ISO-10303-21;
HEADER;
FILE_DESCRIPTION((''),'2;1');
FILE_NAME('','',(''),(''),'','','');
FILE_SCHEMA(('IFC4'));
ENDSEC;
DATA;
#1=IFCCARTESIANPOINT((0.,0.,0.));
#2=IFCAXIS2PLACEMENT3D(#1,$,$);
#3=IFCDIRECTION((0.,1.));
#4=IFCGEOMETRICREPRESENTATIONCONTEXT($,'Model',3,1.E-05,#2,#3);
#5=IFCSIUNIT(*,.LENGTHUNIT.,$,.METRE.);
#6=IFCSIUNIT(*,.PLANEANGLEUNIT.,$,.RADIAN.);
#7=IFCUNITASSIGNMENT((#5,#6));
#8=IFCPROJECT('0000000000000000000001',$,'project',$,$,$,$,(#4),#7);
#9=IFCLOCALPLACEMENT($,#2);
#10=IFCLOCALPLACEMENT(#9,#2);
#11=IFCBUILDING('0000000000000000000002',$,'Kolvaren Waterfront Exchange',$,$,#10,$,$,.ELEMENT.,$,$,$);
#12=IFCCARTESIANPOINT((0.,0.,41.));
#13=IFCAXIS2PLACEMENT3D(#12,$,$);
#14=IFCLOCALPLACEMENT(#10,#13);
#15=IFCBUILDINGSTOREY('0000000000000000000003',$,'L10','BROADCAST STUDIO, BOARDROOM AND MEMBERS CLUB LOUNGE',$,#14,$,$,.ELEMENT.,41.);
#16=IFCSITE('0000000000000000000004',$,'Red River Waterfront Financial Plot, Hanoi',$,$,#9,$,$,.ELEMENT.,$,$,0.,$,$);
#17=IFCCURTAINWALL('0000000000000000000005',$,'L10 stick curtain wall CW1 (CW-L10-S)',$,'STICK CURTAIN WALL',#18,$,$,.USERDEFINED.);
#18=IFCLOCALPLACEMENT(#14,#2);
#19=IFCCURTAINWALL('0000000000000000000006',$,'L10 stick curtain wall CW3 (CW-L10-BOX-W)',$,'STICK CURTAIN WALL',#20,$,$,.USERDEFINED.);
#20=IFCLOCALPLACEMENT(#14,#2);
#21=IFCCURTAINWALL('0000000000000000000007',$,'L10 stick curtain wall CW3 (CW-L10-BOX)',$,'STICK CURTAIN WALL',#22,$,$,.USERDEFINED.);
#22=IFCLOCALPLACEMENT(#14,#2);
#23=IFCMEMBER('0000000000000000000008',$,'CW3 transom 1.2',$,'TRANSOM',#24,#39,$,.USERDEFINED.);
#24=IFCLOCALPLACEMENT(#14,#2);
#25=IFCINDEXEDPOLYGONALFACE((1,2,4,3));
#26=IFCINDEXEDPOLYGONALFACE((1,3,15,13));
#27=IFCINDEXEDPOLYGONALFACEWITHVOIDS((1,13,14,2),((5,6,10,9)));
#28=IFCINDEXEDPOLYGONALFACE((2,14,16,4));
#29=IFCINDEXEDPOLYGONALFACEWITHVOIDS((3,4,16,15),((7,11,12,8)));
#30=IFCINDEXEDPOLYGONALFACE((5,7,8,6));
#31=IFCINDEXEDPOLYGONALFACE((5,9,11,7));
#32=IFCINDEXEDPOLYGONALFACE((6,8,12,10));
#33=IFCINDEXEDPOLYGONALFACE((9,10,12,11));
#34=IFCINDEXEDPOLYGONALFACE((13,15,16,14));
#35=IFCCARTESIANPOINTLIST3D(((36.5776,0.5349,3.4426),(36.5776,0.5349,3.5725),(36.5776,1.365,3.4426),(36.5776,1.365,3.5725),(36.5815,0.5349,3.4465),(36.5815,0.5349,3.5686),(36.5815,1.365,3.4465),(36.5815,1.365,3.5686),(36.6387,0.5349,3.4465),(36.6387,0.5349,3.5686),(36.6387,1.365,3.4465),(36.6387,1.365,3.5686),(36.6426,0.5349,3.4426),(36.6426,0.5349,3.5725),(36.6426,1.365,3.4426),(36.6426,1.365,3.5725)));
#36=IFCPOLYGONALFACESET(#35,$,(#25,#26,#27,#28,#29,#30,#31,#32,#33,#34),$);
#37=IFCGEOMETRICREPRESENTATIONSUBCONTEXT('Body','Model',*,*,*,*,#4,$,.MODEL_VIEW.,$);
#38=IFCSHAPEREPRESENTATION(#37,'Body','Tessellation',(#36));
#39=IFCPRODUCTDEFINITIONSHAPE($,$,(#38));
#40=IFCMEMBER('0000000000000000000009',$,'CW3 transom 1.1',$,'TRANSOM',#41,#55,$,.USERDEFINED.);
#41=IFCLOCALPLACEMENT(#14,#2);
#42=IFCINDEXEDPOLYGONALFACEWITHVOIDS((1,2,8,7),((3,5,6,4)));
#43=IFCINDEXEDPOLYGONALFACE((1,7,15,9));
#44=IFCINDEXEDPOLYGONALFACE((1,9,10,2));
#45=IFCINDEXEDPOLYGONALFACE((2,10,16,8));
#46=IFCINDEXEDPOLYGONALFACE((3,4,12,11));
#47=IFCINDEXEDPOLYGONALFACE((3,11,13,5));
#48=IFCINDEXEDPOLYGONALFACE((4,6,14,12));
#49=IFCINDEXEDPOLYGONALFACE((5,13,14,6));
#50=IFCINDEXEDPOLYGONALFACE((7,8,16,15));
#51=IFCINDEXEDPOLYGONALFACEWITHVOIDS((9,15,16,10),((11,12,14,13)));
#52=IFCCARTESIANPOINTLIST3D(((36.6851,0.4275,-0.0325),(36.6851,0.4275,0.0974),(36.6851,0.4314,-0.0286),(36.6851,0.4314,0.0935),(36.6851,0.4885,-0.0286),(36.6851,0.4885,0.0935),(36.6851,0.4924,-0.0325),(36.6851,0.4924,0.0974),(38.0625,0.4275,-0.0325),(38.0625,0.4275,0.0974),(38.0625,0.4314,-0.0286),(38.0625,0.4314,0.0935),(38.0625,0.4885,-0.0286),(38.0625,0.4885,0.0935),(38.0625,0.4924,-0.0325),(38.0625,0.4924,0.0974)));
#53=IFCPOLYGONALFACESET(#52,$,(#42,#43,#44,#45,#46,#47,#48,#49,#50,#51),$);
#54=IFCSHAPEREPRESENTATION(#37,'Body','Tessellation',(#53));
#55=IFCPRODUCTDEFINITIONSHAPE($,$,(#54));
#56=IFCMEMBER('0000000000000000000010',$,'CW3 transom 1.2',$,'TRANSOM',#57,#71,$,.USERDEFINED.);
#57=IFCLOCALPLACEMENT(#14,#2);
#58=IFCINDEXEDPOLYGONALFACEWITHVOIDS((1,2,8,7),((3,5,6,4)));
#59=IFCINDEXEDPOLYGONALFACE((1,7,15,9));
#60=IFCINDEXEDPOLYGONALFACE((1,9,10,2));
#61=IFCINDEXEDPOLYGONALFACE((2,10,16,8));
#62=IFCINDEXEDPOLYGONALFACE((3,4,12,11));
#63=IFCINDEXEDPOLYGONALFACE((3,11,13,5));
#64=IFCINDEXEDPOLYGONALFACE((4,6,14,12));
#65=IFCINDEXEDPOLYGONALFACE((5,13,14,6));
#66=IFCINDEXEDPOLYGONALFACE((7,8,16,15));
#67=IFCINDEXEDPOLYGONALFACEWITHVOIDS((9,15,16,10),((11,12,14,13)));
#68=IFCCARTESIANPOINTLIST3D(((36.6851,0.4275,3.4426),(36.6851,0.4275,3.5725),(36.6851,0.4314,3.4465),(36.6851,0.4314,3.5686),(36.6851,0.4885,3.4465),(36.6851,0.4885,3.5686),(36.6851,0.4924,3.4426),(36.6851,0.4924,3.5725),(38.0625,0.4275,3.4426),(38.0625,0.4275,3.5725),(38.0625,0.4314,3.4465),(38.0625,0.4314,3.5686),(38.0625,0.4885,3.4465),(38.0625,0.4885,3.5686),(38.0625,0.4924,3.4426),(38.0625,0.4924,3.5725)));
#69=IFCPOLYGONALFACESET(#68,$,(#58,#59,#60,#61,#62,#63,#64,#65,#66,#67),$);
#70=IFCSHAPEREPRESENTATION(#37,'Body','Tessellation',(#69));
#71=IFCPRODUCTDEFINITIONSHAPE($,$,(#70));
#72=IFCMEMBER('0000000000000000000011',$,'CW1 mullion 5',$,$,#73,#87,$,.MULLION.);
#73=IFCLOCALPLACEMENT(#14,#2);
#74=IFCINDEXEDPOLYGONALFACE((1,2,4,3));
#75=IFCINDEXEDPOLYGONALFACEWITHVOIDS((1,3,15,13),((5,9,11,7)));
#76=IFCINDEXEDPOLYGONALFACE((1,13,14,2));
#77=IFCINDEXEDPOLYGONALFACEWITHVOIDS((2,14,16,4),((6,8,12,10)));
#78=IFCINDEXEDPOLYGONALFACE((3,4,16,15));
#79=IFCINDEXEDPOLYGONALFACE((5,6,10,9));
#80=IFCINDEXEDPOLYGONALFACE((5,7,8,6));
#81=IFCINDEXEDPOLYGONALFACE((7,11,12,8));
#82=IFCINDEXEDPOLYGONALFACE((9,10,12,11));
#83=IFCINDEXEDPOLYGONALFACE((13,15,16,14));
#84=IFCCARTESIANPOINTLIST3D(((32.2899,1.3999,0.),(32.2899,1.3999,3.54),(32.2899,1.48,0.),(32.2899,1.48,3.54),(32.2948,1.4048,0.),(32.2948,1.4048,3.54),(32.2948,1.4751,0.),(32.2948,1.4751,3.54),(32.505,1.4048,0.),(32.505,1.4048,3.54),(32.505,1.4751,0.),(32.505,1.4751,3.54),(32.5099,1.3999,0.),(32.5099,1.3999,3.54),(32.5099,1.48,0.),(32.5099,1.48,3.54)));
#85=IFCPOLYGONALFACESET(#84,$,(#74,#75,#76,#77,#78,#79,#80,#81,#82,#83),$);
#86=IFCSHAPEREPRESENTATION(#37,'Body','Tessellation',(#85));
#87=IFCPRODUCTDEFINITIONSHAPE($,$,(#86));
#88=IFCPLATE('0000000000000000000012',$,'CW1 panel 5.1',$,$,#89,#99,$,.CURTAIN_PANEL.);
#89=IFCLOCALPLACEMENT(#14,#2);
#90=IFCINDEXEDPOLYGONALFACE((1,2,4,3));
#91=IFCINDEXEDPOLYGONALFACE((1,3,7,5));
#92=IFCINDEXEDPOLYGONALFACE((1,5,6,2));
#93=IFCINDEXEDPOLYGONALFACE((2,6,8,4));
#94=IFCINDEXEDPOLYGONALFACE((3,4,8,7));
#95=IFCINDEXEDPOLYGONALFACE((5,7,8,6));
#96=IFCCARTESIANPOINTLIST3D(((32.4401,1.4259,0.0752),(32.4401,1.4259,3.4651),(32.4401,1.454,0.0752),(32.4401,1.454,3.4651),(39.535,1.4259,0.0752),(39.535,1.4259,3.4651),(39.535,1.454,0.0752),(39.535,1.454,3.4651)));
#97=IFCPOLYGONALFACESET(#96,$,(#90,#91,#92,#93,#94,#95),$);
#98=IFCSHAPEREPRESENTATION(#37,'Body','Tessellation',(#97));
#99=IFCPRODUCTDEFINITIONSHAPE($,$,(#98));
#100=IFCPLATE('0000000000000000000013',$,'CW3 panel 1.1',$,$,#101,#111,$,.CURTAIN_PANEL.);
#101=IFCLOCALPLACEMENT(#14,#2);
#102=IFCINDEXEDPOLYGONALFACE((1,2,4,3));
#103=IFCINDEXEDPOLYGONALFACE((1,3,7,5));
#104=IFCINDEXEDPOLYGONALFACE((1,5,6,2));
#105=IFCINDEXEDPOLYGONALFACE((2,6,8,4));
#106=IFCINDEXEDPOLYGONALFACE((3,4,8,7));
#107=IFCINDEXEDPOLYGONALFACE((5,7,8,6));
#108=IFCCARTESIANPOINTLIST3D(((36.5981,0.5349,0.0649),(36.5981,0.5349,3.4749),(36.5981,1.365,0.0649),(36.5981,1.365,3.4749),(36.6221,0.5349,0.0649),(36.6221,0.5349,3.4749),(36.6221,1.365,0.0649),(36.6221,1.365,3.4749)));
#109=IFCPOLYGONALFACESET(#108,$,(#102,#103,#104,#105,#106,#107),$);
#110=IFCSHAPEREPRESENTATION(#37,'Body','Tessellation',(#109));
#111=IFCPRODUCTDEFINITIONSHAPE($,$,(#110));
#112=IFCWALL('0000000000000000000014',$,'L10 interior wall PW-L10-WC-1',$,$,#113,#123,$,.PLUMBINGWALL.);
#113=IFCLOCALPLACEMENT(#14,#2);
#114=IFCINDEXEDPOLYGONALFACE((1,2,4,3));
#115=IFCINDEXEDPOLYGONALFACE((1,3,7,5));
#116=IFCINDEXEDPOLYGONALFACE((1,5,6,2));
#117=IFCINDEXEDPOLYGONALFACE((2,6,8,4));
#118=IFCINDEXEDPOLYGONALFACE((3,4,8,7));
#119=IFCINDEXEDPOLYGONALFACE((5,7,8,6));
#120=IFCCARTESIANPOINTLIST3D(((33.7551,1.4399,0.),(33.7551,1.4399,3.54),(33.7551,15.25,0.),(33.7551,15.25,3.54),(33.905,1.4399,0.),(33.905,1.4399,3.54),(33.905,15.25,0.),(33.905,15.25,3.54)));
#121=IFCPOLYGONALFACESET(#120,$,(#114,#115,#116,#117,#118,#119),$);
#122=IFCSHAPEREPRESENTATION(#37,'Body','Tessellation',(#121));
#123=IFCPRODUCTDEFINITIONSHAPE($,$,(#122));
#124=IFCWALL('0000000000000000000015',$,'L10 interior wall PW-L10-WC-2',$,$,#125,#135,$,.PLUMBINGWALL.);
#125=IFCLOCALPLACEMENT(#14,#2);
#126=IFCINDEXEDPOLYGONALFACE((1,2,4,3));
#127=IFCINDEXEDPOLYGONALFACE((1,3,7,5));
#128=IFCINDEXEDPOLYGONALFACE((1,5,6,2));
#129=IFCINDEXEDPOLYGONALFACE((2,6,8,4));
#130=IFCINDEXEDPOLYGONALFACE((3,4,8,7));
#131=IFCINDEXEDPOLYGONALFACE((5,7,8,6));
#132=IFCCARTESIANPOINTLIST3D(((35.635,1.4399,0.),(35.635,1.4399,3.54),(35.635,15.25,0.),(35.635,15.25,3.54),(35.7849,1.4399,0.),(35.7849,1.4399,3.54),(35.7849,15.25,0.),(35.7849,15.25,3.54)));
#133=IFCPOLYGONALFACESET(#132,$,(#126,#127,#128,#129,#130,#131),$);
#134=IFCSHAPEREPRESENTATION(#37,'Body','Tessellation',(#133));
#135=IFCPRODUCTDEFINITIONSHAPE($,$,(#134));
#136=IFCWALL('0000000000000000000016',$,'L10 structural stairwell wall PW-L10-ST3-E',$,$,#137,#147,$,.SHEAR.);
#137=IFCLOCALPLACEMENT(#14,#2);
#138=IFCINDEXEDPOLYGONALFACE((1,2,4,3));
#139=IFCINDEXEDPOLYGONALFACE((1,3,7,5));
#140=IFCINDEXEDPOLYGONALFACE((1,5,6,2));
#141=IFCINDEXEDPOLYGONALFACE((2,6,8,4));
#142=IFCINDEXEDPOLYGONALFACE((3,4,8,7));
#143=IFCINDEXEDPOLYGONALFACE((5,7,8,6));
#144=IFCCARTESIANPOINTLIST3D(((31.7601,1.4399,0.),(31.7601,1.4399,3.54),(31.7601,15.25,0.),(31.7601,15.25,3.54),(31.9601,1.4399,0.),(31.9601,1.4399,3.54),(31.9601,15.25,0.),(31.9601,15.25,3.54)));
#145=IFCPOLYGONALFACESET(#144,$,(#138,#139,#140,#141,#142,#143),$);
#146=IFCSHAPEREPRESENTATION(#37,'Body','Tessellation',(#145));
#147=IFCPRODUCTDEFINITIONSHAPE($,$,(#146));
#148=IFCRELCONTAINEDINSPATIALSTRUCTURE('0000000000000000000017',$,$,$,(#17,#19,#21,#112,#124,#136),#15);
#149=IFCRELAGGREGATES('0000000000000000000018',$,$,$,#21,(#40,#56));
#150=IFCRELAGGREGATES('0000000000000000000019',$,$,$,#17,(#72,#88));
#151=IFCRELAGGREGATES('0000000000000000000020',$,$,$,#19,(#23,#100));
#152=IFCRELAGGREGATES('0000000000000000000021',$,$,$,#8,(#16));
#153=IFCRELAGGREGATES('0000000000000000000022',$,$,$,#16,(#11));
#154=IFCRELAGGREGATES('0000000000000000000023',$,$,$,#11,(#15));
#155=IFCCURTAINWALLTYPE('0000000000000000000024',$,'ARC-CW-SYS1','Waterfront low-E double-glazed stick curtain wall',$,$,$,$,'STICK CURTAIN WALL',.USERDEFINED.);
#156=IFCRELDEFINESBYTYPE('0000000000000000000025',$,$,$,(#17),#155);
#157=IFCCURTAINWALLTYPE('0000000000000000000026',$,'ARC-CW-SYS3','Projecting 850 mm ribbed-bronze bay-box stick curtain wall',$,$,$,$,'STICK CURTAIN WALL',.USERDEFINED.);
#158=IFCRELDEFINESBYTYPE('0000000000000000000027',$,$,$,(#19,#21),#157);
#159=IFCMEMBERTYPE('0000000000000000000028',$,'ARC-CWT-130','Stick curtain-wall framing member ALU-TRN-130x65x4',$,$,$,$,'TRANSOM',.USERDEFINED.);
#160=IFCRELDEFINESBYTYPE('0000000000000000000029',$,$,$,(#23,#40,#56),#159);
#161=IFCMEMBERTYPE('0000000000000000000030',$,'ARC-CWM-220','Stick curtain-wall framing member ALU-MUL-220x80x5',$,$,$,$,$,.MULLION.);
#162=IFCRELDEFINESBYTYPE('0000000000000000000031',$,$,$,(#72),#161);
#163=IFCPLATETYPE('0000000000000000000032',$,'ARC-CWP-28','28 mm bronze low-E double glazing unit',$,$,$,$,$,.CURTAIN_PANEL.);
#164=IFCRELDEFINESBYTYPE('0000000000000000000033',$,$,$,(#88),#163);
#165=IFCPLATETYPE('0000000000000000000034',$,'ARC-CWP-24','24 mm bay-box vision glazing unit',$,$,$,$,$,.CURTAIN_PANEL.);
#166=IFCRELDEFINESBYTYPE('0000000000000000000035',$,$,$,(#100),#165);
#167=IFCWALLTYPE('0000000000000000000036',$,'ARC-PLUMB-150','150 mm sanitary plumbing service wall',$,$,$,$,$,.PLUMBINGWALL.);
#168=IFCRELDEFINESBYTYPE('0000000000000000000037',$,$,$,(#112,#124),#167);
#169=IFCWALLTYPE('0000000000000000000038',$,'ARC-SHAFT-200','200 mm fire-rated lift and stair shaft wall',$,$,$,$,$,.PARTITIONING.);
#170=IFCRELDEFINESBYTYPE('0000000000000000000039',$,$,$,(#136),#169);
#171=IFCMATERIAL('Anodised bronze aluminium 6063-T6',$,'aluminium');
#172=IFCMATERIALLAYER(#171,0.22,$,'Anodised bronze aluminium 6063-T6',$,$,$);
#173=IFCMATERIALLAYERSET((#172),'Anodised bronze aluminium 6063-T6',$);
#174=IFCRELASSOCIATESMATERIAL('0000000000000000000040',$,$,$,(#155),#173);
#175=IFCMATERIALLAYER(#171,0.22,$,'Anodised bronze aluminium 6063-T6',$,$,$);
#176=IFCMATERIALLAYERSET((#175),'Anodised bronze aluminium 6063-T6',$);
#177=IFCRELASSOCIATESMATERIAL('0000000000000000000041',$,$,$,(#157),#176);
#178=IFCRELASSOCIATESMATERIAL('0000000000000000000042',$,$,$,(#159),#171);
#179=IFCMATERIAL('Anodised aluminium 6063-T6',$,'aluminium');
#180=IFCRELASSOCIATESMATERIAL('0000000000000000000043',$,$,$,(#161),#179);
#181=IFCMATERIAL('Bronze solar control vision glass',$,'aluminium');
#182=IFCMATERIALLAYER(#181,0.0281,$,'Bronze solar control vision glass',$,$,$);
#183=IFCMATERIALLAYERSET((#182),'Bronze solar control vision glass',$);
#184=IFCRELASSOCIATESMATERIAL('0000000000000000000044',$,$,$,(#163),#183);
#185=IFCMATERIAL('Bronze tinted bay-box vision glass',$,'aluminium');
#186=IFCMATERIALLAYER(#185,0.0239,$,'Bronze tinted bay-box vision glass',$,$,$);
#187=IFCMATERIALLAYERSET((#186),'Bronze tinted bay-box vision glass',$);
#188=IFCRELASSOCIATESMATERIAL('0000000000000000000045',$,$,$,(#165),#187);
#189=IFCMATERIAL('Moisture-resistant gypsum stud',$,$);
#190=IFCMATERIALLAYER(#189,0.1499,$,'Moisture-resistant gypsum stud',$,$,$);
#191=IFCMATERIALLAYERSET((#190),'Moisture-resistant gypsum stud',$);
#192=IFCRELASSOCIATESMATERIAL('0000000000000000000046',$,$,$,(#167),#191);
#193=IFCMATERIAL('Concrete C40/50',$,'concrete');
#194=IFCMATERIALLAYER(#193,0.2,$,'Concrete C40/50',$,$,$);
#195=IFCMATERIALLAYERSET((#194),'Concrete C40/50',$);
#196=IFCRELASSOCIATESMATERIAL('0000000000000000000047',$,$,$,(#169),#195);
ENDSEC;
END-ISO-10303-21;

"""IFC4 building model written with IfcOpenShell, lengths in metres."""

from ifc_helpers import new_model, si_unit, direction, frame, frame_2d, origin, origin_with_axes, origin_2d, place, context, subcontext, project, spatial, rectangle, hollow_rectangle, extrude, source, transform, mapped, material, layer, layer_set, material_profile, profile_set, type_object, element, aggregate, save


model = new_model("IFC4")

# Units and contexts
model_context = context("Model", 3, precision=1e-05, world=origin(), true_north=direction((0.0, 1.0)))
body_context = subcontext(model_context, "Body", "Model", "MODEL_VIEW")
ifc_project = project(units=[si_unit("LENGTHUNIT", "METRE"), si_unit("PLANEANGLEUNIT", "RADIAN")], contexts=[model_context])

# Site, building, storey
site_placement = place(None, origin())
site = spatial("IfcSite", under=ifc_project, at=site_placement, Name="Red River Waterfront Financial Plot, Hanoi", CompositionType="ELEMENT", RefElevation=0.0)
building_placement = place(site_placement, origin())
building = spatial("IfcBuilding", under=site, at=building_placement, Name="Kolvaren Waterfront Exchange", CompositionType="ELEMENT")
storey_placement = place(building_placement, frame((0.0, 0.0, 41.0)))
storey = spatial("IfcBuildingStorey", under=building, at=storey_placement, Name="L10", Description="BROADCAST STUDIO, BOARDROOM AND MEMBERS CLUB LOUNGE", CompositionType="ELEMENT", Elevation=41.0)

# Curtain walls
ifc_material_1 = material(Name="Anodised bronze aluminium 6063-T6", Category="aluminium")
ifc_layer_1 = layer(ifc_material_1, 0.22, Name="Anodised bronze aluminium 6063-T6")
ifc_layer_set_1 = layer_set([ifc_layer_1], Name="Anodised bronze aluminium 6063-T6")
curtain_wall_type_1 = type_object("IfcCurtainWallType", Name="ARC-CW-SYS1", Description="Waterfront low-E double-glazed stick curtain wall", ElementType="STICK CURTAIN WALL", PredefinedType="USERDEFINED", material=ifc_layer_set_1)
curtain_wall_1_placement = place(storey_placement, origin())
curtain_wall_1 = element("IfcCurtainWall", 1, at=curtain_wall_1_placement, inside=storey, type_object=curtain_wall_type_1, Name="L10 stick curtain wall CW1 (CW-L10-S)", ObjectType="STICK CURTAIN WALL", PredefinedType="USERDEFINED")
ifc_material_2 = material(Name="Anodised aluminium 6063-T6", Category="aluminium")
ifc_layer_2 = layer(ifc_material_1, 0.22, Name="Anodised bronze aluminium 6063-T6")
ifc_layer_set_2 = layer_set([ifc_layer_2], Name="Anodised bronze aluminium 6063-T6")
curtain_wall_type_2 = type_object("IfcCurtainWallType", Name="ARC-CW-SYS3", Description="Projecting 850 mm ribbed-bronze bay-box stick curtain wall", ElementType="STICK CURTAIN WALL", PredefinedType="USERDEFINED", material=ifc_layer_set_2)
curtain_wall_2_placement = place(storey_placement, origin())
curtain_wall_2 = element("IfcCurtainWall", 2, at=curtain_wall_2_placement, inside=storey, type_object=curtain_wall_type_2, Name="L10 stick curtain wall CW3 (CW-L10-BOX-W)", ObjectType="STICK CURTAIN WALL", PredefinedType="USERDEFINED")

# Curtain wall
curtain_wall_3_placement = place(storey_placement, origin())
curtain_wall_3 = element("IfcCurtainWall", 3, at=curtain_wall_3_placement, inside=storey, type_object=curtain_wall_type_2, Name="L10 stick curtain wall CW3 (CW-L10-BOX)", ObjectType="STICK CURTAIN WALL", PredefinedType="USERDEFINED")

# Members
ifc_material_profile_1 = material_profile(ifc_material_1, hollow_rectangle(XDim=0.0649, YDim=0.1299, WallThickness=0.0039, at=origin_2d()), Name="ALU-TRN-130x65x4")
ifc_profile_set_1 = profile_set([ifc_material_profile_1], Name="Anodised bronze aluminium 6063-T6")
member_type_1 = type_object("IfcMemberType", Name="ARC-CWT-130", Description="Stick curtain-wall framing member ALU-TRN-130x65x4", ElementType="TRANSOM", PredefinedType="USERDEFINED", material=ifc_profile_set_1)
shared_shape_1 = source(origin_with_axes(), body_context, "Body", "SweptSolid", [
    extrude(hollow_rectangle(XDim=0.0649, YDim=0.1299, WallThickness=0.0039, at=origin_2d()), origin(), (0.0, 0.0, 1.0), 0.8301),
])
member_1_placement = place(storey_placement, frame((36.6101, 1.365, 3.5076), z_axis=(0.0, -1.0, 0.0), x_axis=(1.0, 0.0, 0.0)))
member_1 = element("IfcMember", 4, at=member_1_placement, type_object=member_type_1, Name="CW3 transom 1.2", ObjectType="TRANSOM", PredefinedType="USERDEFINED", context=body_context, shape_type="MappedRepresentation", body=[
    mapped(shared_shape_1, transform((0.0, 0.0, 0.0), x_axis=(1.0, 0.0, 0.0), y_axis=(0.0, 1.0, 0.0), z_axis=(0.0, 0.0, 1.0), scale=1.0)),
])
shared_shape_2 = source(origin_with_axes(), body_context, "Body", "SweptSolid", [
    extrude(hollow_rectangle(XDim=0.0649, YDim=0.1299, WallThickness=0.0039, at=origin_2d()), origin(), (0.0, 0.0, 1.0), 1.3774),
])
member_2_placement = place(storey_placement, frame((36.6851, 0.46, 0.0325), z_axis=(1.0, 0.0, 0.0), x_axis=(0.0, 1.0, 0.0)))
member_2 = element("IfcMember", 5, at=member_2_placement, type_object=member_type_1, Name="CW3 transom 1.1", ObjectType="TRANSOM", PredefinedType="USERDEFINED", context=body_context, shape_type="MappedRepresentation", body=[
    mapped(shared_shape_2, transform((0.0, 0.0, 0.0), x_axis=(1.0, 0.0, 0.0), y_axis=(0.0, 1.0, 0.0), z_axis=(0.0, 0.0, 1.0), scale=1.0)),
])
member_3_placement = place(storey_placement, frame((36.6851, 0.46, 3.5076), z_axis=(1.0, 0.0, 0.0), x_axis=(0.0, 1.0, 0.0)))
member_3 = element("IfcMember", 6, at=member_3_placement, type_object=member_type_1, Name="CW3 transom 1.2", ObjectType="TRANSOM", PredefinedType="USERDEFINED", context=body_context, shape_type="MappedRepresentation", body=[
    mapped(shared_shape_2, transform((0.0, 0.0, 0.0), x_axis=(1.0, 0.0, 0.0), y_axis=(0.0, 1.0, 0.0), z_axis=(0.0, 0.0, 1.0), scale=1.0)),
])
aggregate(curtain_wall_3, [member_2, member_3])
ifc_material_profile_2 = material_profile(ifc_material_2, hollow_rectangle(XDim=0.0801, YDim=0.22, WallThickness=0.0049, at=origin_2d()), Name="ALU-MUL-220x80x5")
ifc_profile_set_2 = profile_set([ifc_material_profile_2], Name="Anodised aluminium 6063-T6")
member_type_2 = type_object("IfcMemberType", Name="ARC-CWM-220", Description="Stick curtain-wall framing member ALU-MUL-220x80x5", PredefinedType="MULLION", material=ifc_profile_set_2)
shared_shape_3 = source(origin_with_axes(), body_context, "Body", "SweptSolid", [
    extrude(hollow_rectangle(XDim=0.0801, YDim=0.22, WallThickness=0.0049, at=origin_2d()), origin(), (0.0, 0.0, 1.0), 3.54),
])
member_4_placement = place(storey_placement, frame((32.3999, 1.4399, 0.0), z_axis=(0.0, 0.0, 1.0), x_axis=(0.0, 1.0, 0.0)))
member_4 = element("IfcMember", 7, at=member_4_placement, type_object=member_type_2, Name="CW1 mullion 5", PredefinedType="MULLION", context=body_context, shape_type="MappedRepresentation", body=[
    mapped(shared_shape_3, transform((0.0, 0.0, 0.0), x_axis=(1.0, 0.0, 0.0), y_axis=(0.0, 1.0, 0.0), z_axis=(0.0, 0.0, 1.0), scale=1.0)),
])

# Plates
ifc_material_3 = material(Name="Bronze solar control vision glass", Category="aluminium")
ifc_layer_3 = layer(ifc_material_3, 0.0281, Name="Bronze solar control vision glass")
ifc_layer_set_3 = layer_set([ifc_layer_3], Name="Bronze solar control vision glass")
plate_type_1 = type_object("IfcPlateType", Name="ARC-CWP-28", Description="28 mm bronze low-E double glazing unit", PredefinedType="CURTAIN_PANEL", material=ifc_layer_set_3)
shared_shape_4 = source(origin_with_axes(), body_context, "Body", "SweptSolid", [
    extrude(rectangle(XDim=7.095, YDim=0.0281, at=origin_2d()), origin(), (0.0, 0.0, 1.0), 3.3899),
])
plate_1_placement = place(storey_placement, frame((35.9875, 1.4399, 0.0752), z_axis=(0.0, 0.0, 1.0), x_axis=(1.0, 0.0, 0.0)))
plate_1 = element("IfcPlate", 8, at=plate_1_placement, type_object=plate_type_1, Name="CW1 panel 5.1", PredefinedType="CURTAIN_PANEL", context=body_context, shape_type="MappedRepresentation", body=[
    mapped(shared_shape_4, transform((0.0, 0.0, 0.0), x_axis=(1.0, 0.0, 0.0), y_axis=(0.0, 1.0, 0.0), z_axis=(0.0, 0.0, 1.0), scale=1.0)),
])
aggregate(curtain_wall_1, [member_4, plate_1])
ifc_material_4 = material(Name="Bronze tinted bay-box vision glass", Category="aluminium")
ifc_layer_4 = layer(ifc_material_4, 0.0239, Name="Bronze tinted bay-box vision glass")
ifc_layer_set_4 = layer_set([ifc_layer_4], Name="Bronze tinted bay-box vision glass")
plate_type_2 = type_object("IfcPlateType", Name="ARC-CWP-24", Description="24 mm bay-box vision glazing unit", PredefinedType="CURTAIN_PANEL", material=ifc_layer_set_4)
shared_shape_5 = source(origin_with_axes(), body_context, "Body", "SweptSolid", [
    extrude(rectangle(XDim=0.8301, YDim=0.0239, at=origin_2d()), origin(), (0.0, 0.0, 1.0), 3.4099),
])
plate_2_placement = place(storey_placement, frame((36.6101, 0.95, 0.0649), z_axis=(0.0, 0.0, 1.0), x_axis=(0.0, -1.0, 0.0)))
plate_2 = element("IfcPlate", 9, at=plate_2_placement, type_object=plate_type_2, Name="CW3 panel 1.1", PredefinedType="CURTAIN_PANEL", context=body_context, shape_type="MappedRepresentation", body=[
    mapped(shared_shape_5, transform((0.0, 0.0, 0.0), x_axis=(1.0, 0.0, 0.0), y_axis=(0.0, 1.0, 0.0), z_axis=(0.0, 0.0, 1.0), scale=1.0)),
])
aggregate(curtain_wall_2, [member_1, plate_2])

# Walls
ifc_material_5 = material(Name="Moisture-resistant gypsum stud")
ifc_layer_5 = layer(ifc_material_5, 0.1499, Name="Moisture-resistant gypsum stud")
ifc_layer_set_5 = layer_set([ifc_layer_5], Name="Moisture-resistant gypsum stud")
wall_type_1 = type_object("IfcWallType", Name="ARC-PLUMB-150", Description="150 mm sanitary plumbing service wall", PredefinedType="PLUMBINGWALL", material=ifc_layer_set_5)
for number, where, z_axis, x_axis, name in (
    (10, (33.8301, 1.4399, 0.0), (0.0, 0.0, 1.0), (0.0, 1.0, 0.0), "L10 interior wall PW-L10-WC-1"),
    (11, (35.71, 1.4399, 0.0), (0.0, 0.0, 1.0), (0.0, 1.0, 0.0), "L10 interior wall PW-L10-WC-2"),
):
    element("IfcWall", number, at=place(storey_placement, frame(where, z_axis=z_axis, x_axis=x_axis)), inside=storey, type_object=wall_type_1, Name=name, PredefinedType="PLUMBINGWALL", context=body_context, shape_type="SweptSolid", body=[
        extrude(rectangle(XDim=13.8101, YDim=0.1499, at=frame_2d((6.905, 0.0))), origin(), (0.0, 0.0, 1.0), 3.54),
    ])
ifc_material_6 = material(Name="Concrete C40/50", Category="concrete")
ifc_layer_6 = layer(ifc_material_6, 0.2, Name="Concrete C40/50")
ifc_layer_set_6 = layer_set([ifc_layer_6], Name="Concrete C40/50")
wall_type_2 = type_object("IfcWallType", Name="ARC-SHAFT-200", Description="200 mm fire-rated lift and stair shaft wall", PredefinedType="PARTITIONING", material=ifc_layer_set_6)
wall_placement = place(storey_placement, frame((31.8601, 1.4399, 0.0), z_axis=(0.0, 0.0, 1.0), x_axis=(0.0, 1.0, 0.0)))
element("IfcWall", 12, at=wall_placement, inside=storey, type_object=wall_type_2, Name="L10 structural stairwell wall PW-L10-ST3-E", PredefinedType="SHEAR", context=body_context, shape_type="SweptSolid", body=[
    extrude(rectangle(XDim=13.8101, YDim=0.2, at=frame_2d((6.905, 0.0))), origin(), (0.0, 0.0, 1.0), 3.54),
])

save(model, "model.ifc")
